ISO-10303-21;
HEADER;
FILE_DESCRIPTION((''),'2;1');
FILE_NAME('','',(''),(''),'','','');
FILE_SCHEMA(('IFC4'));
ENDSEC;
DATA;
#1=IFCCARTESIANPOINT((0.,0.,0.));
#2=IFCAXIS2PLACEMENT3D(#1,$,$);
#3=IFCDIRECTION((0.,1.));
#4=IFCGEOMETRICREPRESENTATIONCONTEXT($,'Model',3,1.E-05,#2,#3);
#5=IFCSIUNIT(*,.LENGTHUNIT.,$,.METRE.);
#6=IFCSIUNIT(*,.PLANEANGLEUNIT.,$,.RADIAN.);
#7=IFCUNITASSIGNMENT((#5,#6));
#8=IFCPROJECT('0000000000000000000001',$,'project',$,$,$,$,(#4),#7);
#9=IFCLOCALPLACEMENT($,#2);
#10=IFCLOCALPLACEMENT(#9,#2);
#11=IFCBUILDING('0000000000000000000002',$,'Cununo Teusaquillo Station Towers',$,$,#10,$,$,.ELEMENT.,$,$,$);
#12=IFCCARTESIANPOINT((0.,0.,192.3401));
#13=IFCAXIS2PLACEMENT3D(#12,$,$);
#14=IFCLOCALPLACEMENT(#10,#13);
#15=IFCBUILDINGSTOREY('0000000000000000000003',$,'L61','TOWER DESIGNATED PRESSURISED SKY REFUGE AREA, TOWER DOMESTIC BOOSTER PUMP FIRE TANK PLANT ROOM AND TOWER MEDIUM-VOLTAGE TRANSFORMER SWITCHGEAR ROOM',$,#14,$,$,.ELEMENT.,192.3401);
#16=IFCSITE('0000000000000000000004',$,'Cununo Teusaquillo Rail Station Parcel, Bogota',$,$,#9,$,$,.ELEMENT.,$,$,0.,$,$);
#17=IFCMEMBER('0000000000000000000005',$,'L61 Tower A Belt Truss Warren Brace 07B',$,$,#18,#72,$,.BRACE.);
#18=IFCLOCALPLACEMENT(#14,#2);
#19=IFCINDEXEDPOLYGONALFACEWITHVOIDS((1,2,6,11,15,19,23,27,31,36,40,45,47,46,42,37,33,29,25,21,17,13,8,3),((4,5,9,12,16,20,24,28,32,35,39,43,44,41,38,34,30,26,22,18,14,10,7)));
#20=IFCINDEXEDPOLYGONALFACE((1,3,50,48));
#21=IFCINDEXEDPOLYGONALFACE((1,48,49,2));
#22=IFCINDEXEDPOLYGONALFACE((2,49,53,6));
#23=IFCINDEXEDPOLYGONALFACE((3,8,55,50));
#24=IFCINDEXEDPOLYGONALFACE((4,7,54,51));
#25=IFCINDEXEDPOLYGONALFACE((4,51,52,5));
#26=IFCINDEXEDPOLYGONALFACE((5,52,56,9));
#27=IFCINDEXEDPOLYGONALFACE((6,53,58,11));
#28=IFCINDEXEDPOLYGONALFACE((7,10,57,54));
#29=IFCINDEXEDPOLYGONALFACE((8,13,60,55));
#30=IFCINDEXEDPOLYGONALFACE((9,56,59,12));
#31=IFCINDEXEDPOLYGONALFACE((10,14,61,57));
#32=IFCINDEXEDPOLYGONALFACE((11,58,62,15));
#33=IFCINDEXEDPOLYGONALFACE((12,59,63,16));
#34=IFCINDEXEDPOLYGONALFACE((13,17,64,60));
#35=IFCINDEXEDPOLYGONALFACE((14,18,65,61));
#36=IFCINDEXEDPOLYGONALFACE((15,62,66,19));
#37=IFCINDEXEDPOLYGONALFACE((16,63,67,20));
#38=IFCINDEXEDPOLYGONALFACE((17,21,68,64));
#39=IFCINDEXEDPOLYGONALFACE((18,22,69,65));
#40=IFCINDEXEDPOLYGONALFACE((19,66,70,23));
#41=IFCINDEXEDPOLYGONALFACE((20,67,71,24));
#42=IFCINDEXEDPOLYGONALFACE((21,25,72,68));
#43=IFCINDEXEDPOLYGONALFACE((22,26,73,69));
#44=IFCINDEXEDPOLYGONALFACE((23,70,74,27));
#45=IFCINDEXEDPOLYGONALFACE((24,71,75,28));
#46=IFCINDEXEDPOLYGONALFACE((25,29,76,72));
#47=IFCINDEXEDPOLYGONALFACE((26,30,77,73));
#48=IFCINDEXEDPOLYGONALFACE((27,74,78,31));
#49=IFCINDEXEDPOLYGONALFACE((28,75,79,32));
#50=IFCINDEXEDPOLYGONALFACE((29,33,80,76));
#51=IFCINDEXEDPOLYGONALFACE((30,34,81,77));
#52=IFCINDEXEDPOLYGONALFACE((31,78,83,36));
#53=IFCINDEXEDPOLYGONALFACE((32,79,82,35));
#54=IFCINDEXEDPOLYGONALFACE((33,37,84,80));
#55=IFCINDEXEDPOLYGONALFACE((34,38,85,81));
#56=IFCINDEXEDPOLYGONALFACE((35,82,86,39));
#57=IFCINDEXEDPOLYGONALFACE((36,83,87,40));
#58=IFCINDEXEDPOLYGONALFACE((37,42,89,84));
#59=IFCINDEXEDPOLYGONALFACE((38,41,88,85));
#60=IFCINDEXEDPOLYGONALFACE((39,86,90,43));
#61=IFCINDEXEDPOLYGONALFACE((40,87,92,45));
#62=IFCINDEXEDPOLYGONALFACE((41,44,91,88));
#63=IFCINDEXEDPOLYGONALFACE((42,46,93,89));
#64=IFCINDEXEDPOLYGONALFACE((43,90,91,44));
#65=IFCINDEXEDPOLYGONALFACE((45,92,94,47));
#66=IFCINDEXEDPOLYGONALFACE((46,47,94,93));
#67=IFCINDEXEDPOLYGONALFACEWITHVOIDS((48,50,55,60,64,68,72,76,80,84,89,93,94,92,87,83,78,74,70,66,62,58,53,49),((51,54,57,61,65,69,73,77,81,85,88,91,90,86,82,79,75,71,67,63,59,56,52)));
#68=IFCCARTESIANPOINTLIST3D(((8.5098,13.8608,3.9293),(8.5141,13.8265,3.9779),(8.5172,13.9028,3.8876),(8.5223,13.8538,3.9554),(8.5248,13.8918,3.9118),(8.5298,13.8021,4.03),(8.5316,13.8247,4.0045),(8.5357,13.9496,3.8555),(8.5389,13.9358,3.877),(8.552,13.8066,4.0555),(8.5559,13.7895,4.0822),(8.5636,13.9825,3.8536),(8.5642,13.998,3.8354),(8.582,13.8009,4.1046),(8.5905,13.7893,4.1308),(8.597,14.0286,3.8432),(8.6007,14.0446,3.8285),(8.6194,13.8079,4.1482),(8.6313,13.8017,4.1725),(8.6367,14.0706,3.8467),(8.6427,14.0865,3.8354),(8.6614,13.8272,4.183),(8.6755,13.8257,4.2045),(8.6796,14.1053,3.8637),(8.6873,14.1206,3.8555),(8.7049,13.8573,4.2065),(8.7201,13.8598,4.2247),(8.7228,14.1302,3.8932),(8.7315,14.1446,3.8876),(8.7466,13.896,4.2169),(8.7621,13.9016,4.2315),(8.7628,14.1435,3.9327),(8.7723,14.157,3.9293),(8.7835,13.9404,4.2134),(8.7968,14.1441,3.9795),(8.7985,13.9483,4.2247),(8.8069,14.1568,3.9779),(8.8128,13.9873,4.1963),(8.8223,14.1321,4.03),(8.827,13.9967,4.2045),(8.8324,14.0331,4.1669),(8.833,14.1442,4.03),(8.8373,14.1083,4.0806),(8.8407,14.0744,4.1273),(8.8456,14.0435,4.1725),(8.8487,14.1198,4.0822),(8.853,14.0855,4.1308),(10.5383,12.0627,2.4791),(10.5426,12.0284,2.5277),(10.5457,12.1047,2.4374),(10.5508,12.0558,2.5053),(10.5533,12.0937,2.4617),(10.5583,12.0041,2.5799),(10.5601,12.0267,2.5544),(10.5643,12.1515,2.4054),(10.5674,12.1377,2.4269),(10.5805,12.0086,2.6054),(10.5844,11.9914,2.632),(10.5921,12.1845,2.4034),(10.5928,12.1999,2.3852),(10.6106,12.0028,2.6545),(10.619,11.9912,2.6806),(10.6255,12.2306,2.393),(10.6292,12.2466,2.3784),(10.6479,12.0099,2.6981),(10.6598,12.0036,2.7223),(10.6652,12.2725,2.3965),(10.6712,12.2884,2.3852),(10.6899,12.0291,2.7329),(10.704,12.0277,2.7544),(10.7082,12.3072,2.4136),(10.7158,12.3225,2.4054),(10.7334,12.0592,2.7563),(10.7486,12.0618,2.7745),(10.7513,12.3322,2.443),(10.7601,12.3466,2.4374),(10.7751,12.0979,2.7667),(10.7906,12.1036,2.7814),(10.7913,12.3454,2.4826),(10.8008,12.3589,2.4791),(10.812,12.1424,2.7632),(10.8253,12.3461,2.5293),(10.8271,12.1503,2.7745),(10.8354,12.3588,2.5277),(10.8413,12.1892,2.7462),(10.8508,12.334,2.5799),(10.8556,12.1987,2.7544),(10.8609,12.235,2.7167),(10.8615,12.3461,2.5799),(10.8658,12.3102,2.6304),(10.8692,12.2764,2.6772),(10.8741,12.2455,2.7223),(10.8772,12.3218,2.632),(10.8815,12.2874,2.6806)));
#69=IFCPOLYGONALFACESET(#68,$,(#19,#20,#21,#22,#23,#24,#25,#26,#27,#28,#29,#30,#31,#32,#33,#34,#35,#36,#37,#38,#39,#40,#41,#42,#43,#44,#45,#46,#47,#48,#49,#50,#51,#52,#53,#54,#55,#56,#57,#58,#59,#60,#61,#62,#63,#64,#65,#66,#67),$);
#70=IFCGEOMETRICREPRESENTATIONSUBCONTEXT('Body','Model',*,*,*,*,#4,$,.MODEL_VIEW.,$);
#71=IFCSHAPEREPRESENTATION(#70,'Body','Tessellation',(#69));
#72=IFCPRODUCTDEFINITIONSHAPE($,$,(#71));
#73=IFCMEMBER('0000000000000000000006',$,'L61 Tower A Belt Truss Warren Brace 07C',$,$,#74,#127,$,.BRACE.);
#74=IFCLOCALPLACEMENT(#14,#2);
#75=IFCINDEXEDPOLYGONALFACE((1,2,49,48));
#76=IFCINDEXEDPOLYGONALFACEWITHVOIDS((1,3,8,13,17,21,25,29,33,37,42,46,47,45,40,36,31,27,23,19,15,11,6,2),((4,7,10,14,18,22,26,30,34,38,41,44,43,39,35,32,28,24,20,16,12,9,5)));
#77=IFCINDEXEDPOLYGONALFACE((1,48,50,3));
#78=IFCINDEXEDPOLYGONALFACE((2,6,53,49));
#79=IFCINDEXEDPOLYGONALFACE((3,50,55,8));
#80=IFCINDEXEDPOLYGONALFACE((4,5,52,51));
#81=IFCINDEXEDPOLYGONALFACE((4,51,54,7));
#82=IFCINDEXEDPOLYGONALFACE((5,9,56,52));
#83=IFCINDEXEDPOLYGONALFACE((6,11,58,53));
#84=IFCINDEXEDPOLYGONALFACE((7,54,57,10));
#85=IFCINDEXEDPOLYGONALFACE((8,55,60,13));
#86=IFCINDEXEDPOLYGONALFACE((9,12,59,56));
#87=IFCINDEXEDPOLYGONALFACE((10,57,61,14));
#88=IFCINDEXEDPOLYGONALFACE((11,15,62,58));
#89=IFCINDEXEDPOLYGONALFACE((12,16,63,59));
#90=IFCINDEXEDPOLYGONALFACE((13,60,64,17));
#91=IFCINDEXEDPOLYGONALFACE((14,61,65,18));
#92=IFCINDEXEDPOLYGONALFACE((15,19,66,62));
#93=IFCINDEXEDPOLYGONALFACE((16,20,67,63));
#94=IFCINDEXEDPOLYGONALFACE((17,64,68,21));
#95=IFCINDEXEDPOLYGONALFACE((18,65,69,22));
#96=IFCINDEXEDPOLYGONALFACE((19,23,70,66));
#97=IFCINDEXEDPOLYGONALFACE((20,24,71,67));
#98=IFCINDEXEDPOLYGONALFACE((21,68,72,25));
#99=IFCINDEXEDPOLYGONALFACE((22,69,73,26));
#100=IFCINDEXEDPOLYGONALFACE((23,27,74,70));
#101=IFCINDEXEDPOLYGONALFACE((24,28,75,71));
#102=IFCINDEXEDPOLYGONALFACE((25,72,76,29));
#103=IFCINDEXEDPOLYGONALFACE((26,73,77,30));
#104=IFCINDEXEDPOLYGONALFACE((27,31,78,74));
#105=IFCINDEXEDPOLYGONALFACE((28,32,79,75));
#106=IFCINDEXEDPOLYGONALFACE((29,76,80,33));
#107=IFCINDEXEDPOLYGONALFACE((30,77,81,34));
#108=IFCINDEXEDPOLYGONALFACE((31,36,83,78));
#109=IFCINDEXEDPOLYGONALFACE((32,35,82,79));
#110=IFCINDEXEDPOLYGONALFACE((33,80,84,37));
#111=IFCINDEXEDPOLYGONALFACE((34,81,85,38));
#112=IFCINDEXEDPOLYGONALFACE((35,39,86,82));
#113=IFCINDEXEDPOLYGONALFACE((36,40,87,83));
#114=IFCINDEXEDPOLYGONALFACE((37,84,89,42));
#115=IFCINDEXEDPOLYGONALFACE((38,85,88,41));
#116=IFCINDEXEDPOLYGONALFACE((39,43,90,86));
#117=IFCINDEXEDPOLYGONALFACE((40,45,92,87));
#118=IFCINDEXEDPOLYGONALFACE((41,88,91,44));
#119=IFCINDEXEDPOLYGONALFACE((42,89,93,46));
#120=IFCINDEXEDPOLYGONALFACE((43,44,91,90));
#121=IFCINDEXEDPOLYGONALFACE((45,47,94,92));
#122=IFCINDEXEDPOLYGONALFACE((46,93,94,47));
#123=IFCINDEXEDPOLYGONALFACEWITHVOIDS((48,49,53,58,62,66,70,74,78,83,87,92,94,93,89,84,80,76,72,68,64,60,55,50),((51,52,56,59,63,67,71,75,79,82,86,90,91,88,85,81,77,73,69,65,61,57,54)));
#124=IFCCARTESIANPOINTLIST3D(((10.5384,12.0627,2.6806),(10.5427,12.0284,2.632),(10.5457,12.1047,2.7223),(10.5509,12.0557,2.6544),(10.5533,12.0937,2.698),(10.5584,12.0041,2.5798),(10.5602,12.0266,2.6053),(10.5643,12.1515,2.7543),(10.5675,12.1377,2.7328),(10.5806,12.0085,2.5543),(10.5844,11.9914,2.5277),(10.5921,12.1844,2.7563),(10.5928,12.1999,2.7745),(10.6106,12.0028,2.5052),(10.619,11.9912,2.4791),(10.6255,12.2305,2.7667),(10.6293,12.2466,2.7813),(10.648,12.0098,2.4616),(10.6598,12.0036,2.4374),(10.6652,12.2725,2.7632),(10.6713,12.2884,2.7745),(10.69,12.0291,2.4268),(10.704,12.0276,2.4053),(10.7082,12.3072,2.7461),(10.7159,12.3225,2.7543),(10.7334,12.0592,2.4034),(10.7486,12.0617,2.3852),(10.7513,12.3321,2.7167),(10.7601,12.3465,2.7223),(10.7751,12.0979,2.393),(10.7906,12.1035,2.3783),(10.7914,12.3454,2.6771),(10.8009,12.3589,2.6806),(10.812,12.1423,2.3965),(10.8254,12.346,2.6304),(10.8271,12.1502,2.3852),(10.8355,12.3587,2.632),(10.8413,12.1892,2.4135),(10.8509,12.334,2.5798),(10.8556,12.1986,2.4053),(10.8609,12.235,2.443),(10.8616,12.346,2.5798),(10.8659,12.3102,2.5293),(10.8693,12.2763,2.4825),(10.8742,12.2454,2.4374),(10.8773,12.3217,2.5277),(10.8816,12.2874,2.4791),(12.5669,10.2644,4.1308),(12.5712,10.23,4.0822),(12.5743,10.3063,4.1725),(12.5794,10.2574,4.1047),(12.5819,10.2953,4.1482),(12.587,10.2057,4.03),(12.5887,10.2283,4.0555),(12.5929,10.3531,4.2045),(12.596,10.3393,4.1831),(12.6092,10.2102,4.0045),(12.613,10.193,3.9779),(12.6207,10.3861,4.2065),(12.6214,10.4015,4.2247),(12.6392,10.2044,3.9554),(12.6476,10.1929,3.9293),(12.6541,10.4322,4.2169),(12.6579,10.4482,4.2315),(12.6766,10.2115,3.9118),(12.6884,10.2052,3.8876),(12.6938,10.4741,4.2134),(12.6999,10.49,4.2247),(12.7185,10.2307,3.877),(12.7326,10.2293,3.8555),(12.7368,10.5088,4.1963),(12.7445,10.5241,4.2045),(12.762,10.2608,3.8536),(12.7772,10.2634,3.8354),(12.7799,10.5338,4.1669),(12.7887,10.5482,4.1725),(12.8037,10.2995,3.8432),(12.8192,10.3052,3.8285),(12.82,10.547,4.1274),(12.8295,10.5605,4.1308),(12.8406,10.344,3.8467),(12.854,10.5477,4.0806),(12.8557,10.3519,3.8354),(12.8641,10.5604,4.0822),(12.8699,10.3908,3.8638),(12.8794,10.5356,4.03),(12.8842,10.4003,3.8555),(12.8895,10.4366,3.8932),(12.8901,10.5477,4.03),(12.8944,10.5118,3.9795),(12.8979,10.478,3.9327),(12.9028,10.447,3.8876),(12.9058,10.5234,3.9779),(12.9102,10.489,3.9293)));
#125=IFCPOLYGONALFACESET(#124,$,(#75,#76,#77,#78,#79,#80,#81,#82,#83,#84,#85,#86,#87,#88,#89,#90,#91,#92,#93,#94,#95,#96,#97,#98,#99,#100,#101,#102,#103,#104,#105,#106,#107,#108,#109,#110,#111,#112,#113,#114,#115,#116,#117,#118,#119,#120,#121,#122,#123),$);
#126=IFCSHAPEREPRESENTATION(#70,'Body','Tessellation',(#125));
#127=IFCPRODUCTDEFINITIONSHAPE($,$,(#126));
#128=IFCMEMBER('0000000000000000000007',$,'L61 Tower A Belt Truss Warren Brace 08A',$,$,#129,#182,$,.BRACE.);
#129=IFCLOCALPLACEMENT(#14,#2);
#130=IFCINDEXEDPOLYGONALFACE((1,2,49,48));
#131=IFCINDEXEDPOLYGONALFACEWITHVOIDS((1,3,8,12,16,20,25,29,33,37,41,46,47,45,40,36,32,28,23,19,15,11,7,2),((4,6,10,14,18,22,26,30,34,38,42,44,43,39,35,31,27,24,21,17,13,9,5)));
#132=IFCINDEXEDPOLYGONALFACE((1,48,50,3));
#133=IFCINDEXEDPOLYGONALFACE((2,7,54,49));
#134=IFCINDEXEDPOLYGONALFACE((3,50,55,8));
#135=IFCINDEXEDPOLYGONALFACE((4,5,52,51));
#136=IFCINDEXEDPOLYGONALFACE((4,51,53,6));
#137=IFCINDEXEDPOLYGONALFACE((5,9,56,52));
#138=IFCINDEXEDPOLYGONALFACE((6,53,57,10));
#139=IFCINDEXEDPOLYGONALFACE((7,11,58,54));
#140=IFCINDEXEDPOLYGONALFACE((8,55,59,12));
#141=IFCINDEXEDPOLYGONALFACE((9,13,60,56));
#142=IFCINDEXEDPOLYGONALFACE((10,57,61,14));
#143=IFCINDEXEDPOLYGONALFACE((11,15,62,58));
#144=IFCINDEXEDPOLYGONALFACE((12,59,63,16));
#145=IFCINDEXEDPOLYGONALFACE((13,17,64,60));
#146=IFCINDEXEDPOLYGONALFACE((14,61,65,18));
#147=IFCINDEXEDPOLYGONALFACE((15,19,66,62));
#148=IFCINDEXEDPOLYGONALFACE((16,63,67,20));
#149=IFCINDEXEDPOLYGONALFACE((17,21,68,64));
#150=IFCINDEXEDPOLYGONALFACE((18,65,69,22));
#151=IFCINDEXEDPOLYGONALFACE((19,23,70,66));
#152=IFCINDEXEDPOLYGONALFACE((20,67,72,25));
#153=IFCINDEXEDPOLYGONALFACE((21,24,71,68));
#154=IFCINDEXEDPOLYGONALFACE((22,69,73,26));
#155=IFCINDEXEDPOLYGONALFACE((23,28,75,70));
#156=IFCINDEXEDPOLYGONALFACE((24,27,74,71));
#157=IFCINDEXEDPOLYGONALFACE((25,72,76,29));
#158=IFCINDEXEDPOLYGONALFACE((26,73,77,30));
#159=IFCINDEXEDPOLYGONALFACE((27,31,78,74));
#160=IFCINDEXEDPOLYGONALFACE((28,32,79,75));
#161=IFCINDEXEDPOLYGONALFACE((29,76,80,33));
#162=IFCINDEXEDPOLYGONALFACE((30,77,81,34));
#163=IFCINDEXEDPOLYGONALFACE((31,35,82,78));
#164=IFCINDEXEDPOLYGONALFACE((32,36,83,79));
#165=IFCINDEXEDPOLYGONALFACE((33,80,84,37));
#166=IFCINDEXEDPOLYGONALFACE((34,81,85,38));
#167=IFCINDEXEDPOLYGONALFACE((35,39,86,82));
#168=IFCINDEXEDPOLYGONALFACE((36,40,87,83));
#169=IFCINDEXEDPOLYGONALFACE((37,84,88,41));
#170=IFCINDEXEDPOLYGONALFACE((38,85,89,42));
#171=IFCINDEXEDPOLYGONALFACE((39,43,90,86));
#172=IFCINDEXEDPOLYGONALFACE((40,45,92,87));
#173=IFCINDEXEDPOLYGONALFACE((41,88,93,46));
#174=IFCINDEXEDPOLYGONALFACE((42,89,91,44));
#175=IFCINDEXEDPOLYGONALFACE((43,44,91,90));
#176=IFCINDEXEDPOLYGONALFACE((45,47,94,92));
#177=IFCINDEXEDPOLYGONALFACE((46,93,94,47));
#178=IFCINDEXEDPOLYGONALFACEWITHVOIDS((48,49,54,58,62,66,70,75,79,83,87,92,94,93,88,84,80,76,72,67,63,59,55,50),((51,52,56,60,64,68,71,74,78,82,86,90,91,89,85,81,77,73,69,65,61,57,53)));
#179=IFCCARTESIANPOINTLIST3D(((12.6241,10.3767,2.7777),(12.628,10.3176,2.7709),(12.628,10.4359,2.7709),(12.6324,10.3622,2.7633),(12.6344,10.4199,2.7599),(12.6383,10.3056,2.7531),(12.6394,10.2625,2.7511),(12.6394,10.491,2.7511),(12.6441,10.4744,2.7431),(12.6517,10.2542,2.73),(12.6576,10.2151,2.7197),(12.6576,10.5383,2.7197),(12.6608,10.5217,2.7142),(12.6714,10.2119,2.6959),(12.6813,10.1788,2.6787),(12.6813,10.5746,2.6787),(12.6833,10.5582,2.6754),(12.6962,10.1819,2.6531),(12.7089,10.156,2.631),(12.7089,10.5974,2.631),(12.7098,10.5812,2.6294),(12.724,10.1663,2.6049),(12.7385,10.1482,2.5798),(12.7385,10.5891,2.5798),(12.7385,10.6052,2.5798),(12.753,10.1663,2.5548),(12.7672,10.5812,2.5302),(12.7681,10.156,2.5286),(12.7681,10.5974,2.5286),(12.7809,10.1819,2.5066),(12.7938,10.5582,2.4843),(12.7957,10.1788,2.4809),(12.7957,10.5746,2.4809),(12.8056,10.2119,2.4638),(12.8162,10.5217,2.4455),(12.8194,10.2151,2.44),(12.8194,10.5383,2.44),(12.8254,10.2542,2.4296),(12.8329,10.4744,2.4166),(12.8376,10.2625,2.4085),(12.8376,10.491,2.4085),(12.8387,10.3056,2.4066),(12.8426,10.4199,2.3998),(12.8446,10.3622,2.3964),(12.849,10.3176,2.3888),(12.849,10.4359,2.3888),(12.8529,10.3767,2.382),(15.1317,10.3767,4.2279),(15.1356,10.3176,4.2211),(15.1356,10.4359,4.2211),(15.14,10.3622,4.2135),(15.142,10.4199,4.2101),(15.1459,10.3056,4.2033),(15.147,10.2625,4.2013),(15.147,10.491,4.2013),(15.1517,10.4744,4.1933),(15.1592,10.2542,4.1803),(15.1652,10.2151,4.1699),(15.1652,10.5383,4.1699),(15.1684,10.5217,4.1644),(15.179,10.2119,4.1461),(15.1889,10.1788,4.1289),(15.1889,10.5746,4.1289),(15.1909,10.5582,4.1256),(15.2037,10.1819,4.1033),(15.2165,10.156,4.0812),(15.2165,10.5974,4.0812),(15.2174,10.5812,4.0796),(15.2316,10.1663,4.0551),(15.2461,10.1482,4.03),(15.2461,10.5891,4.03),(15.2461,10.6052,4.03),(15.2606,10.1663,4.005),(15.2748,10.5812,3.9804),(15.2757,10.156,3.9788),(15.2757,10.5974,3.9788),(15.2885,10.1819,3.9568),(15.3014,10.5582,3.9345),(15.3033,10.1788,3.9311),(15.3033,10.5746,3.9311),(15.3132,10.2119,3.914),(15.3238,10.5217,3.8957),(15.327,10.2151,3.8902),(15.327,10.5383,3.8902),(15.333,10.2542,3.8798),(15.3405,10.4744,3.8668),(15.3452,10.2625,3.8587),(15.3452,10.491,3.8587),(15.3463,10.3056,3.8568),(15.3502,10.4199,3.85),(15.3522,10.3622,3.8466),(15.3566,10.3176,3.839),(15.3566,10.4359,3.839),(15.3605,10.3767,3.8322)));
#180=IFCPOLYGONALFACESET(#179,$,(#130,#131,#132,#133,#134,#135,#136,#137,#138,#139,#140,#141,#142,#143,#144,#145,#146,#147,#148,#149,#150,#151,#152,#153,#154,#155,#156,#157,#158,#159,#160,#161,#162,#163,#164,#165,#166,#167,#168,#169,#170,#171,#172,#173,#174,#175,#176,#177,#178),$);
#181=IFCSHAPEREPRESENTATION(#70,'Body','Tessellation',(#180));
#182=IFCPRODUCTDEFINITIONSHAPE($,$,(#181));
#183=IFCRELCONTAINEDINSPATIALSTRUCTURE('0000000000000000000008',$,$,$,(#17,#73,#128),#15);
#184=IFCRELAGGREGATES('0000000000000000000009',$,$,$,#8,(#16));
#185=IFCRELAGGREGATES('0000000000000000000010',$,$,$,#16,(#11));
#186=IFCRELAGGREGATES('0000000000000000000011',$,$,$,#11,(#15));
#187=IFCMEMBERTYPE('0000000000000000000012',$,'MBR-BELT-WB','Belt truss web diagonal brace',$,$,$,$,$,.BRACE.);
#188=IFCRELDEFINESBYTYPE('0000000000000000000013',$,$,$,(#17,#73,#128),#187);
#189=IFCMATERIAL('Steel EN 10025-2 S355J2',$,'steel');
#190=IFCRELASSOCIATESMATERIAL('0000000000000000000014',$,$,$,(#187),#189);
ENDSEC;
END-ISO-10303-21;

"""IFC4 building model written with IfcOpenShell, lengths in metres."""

from ifc_helpers import new_model, si_unit, direction, frame, origin, origin_2d, place, context, subcontext, project, spatial, hollow_circle, extrude, material, material_profile, profile_set, type_object, element, save


model = new_model("IFC4")

# Units and contexts
model_context = context("Model", 3, precision=1e-05, world=origin(), true_north=direction((0.0, 1.0)))
body_context = subcontext(model_context, "Body", "Model", "MODEL_VIEW")
ifc_project = project(units=[si_unit("LENGTHUNIT", "METRE"), si_unit("PLANEANGLEUNIT", "RADIAN")], contexts=[model_context])

# Site, building, storey
site_placement = place(None, origin())
site = spatial("IfcSite", under=ifc_project, at=site_placement, Name="Cununo Teusaquillo Rail Station Parcel, Bogota", CompositionType="ELEMENT", RefElevation=0.0)
building_placement = place(site_placement, origin())
building = spatial("IfcBuilding", under=site, at=building_placement, Name="Cununo Teusaquillo Station Towers", CompositionType="ELEMENT")
storey_placement = place(building_placement, frame((0.0, 0.0, 192.3401)))
storey = spatial("IfcBuildingStorey", under=building, at=storey_placement, Name="L61", Description="TOWER DESIGNATED PRESSURISED SKY REFUGE AREA, TOWER DOMESTIC BOOSTER PUMP FIRE TANK PLANT ROOM AND TOWER MEDIUM-VOLTAGE TRANSFORMER SWITCHGEAR ROOM", CompositionType="ELEMENT", Elevation=192.3401)

# Members
ifc_material_1 = material(Name="Steel EN 10025-2 S355J2", Category="steel")
ifc_material_profile_1 = material_profile(ifc_material_1, hollow_circle(Radius=0.2285, WallThickness=0.0161, at=origin_2d()), Name="CHS 457x16")
ifc_profile_set_1 = profile_set([ifc_material_profile_1], Name="Steel EN 10025-2 S355J2")
member_type_1 = type_object("IfcMemberType", Name="MBR-BELT-WB", Description="Belt truss web diagonal brace", PredefinedType="BRACE", material=ifc_profile_set_1)
member_1_placement = place(storey_placement, frame((8.6814, 13.9731, 4.03), z_axis=(0.659847, -0.584881, -0.471716), x_axis=(0.663318, 0.748338, 0.0)))
element("IfcMember", 1, at=member_1_placement, inside=storey, type_object=member_type_1, Name="L61 Tower A Belt Truss Warren Brace 07B", PredefinedType="BRACE", context=body_context, shape_type="SweptSolid", body=[
    extrude(hollow_circle(Radius=0.2285, WallThickness=0.0161, at=origin_2d()), origin(), (0.0, 0.0, 1.0), 3.0742),
])
member_2_placement = place(storey_placement, frame((10.71, 12.175, 2.5798), z_axis=(0.659816, -0.584933, 0.471695), x_axis=(0.663368, 0.748293, 0.0)))
element("IfcMember", 2, at=member_2_placement, inside=storey, type_object=member_type_1, Name="L61 Tower A Belt Truss Warren Brace 07C", PredefinedType="BRACE", context=body_context, shape_type="SweptSolid", body=[
    extrude(hollow_circle(Radius=0.2285, WallThickness=0.0161, at=origin_2d()), origin(), (0.0, 0.0, 1.0), 3.0745),
])
member_3_placement = place(storey_placement, frame((12.7385, 10.3767, 2.5798), z_axis=(0.865659, 0.0, 0.500634), x_axis=(0.0, 1.0, 0.0)))
element("IfcMember", 3, at=member_3_placement, inside=storey, type_object=member_type_1, Name="L61 Tower A Belt Truss Warren Brace 08A", PredefinedType="BRACE", context=body_context, shape_type="SweptSolid", body=[
    extrude(hollow_circle(Radius=0.2285, WallThickness=0.0161, at=origin_2d()), origin(), (0.0, 0.0, 1.0), 2.8967),
])

save(model, "model.ifc")
